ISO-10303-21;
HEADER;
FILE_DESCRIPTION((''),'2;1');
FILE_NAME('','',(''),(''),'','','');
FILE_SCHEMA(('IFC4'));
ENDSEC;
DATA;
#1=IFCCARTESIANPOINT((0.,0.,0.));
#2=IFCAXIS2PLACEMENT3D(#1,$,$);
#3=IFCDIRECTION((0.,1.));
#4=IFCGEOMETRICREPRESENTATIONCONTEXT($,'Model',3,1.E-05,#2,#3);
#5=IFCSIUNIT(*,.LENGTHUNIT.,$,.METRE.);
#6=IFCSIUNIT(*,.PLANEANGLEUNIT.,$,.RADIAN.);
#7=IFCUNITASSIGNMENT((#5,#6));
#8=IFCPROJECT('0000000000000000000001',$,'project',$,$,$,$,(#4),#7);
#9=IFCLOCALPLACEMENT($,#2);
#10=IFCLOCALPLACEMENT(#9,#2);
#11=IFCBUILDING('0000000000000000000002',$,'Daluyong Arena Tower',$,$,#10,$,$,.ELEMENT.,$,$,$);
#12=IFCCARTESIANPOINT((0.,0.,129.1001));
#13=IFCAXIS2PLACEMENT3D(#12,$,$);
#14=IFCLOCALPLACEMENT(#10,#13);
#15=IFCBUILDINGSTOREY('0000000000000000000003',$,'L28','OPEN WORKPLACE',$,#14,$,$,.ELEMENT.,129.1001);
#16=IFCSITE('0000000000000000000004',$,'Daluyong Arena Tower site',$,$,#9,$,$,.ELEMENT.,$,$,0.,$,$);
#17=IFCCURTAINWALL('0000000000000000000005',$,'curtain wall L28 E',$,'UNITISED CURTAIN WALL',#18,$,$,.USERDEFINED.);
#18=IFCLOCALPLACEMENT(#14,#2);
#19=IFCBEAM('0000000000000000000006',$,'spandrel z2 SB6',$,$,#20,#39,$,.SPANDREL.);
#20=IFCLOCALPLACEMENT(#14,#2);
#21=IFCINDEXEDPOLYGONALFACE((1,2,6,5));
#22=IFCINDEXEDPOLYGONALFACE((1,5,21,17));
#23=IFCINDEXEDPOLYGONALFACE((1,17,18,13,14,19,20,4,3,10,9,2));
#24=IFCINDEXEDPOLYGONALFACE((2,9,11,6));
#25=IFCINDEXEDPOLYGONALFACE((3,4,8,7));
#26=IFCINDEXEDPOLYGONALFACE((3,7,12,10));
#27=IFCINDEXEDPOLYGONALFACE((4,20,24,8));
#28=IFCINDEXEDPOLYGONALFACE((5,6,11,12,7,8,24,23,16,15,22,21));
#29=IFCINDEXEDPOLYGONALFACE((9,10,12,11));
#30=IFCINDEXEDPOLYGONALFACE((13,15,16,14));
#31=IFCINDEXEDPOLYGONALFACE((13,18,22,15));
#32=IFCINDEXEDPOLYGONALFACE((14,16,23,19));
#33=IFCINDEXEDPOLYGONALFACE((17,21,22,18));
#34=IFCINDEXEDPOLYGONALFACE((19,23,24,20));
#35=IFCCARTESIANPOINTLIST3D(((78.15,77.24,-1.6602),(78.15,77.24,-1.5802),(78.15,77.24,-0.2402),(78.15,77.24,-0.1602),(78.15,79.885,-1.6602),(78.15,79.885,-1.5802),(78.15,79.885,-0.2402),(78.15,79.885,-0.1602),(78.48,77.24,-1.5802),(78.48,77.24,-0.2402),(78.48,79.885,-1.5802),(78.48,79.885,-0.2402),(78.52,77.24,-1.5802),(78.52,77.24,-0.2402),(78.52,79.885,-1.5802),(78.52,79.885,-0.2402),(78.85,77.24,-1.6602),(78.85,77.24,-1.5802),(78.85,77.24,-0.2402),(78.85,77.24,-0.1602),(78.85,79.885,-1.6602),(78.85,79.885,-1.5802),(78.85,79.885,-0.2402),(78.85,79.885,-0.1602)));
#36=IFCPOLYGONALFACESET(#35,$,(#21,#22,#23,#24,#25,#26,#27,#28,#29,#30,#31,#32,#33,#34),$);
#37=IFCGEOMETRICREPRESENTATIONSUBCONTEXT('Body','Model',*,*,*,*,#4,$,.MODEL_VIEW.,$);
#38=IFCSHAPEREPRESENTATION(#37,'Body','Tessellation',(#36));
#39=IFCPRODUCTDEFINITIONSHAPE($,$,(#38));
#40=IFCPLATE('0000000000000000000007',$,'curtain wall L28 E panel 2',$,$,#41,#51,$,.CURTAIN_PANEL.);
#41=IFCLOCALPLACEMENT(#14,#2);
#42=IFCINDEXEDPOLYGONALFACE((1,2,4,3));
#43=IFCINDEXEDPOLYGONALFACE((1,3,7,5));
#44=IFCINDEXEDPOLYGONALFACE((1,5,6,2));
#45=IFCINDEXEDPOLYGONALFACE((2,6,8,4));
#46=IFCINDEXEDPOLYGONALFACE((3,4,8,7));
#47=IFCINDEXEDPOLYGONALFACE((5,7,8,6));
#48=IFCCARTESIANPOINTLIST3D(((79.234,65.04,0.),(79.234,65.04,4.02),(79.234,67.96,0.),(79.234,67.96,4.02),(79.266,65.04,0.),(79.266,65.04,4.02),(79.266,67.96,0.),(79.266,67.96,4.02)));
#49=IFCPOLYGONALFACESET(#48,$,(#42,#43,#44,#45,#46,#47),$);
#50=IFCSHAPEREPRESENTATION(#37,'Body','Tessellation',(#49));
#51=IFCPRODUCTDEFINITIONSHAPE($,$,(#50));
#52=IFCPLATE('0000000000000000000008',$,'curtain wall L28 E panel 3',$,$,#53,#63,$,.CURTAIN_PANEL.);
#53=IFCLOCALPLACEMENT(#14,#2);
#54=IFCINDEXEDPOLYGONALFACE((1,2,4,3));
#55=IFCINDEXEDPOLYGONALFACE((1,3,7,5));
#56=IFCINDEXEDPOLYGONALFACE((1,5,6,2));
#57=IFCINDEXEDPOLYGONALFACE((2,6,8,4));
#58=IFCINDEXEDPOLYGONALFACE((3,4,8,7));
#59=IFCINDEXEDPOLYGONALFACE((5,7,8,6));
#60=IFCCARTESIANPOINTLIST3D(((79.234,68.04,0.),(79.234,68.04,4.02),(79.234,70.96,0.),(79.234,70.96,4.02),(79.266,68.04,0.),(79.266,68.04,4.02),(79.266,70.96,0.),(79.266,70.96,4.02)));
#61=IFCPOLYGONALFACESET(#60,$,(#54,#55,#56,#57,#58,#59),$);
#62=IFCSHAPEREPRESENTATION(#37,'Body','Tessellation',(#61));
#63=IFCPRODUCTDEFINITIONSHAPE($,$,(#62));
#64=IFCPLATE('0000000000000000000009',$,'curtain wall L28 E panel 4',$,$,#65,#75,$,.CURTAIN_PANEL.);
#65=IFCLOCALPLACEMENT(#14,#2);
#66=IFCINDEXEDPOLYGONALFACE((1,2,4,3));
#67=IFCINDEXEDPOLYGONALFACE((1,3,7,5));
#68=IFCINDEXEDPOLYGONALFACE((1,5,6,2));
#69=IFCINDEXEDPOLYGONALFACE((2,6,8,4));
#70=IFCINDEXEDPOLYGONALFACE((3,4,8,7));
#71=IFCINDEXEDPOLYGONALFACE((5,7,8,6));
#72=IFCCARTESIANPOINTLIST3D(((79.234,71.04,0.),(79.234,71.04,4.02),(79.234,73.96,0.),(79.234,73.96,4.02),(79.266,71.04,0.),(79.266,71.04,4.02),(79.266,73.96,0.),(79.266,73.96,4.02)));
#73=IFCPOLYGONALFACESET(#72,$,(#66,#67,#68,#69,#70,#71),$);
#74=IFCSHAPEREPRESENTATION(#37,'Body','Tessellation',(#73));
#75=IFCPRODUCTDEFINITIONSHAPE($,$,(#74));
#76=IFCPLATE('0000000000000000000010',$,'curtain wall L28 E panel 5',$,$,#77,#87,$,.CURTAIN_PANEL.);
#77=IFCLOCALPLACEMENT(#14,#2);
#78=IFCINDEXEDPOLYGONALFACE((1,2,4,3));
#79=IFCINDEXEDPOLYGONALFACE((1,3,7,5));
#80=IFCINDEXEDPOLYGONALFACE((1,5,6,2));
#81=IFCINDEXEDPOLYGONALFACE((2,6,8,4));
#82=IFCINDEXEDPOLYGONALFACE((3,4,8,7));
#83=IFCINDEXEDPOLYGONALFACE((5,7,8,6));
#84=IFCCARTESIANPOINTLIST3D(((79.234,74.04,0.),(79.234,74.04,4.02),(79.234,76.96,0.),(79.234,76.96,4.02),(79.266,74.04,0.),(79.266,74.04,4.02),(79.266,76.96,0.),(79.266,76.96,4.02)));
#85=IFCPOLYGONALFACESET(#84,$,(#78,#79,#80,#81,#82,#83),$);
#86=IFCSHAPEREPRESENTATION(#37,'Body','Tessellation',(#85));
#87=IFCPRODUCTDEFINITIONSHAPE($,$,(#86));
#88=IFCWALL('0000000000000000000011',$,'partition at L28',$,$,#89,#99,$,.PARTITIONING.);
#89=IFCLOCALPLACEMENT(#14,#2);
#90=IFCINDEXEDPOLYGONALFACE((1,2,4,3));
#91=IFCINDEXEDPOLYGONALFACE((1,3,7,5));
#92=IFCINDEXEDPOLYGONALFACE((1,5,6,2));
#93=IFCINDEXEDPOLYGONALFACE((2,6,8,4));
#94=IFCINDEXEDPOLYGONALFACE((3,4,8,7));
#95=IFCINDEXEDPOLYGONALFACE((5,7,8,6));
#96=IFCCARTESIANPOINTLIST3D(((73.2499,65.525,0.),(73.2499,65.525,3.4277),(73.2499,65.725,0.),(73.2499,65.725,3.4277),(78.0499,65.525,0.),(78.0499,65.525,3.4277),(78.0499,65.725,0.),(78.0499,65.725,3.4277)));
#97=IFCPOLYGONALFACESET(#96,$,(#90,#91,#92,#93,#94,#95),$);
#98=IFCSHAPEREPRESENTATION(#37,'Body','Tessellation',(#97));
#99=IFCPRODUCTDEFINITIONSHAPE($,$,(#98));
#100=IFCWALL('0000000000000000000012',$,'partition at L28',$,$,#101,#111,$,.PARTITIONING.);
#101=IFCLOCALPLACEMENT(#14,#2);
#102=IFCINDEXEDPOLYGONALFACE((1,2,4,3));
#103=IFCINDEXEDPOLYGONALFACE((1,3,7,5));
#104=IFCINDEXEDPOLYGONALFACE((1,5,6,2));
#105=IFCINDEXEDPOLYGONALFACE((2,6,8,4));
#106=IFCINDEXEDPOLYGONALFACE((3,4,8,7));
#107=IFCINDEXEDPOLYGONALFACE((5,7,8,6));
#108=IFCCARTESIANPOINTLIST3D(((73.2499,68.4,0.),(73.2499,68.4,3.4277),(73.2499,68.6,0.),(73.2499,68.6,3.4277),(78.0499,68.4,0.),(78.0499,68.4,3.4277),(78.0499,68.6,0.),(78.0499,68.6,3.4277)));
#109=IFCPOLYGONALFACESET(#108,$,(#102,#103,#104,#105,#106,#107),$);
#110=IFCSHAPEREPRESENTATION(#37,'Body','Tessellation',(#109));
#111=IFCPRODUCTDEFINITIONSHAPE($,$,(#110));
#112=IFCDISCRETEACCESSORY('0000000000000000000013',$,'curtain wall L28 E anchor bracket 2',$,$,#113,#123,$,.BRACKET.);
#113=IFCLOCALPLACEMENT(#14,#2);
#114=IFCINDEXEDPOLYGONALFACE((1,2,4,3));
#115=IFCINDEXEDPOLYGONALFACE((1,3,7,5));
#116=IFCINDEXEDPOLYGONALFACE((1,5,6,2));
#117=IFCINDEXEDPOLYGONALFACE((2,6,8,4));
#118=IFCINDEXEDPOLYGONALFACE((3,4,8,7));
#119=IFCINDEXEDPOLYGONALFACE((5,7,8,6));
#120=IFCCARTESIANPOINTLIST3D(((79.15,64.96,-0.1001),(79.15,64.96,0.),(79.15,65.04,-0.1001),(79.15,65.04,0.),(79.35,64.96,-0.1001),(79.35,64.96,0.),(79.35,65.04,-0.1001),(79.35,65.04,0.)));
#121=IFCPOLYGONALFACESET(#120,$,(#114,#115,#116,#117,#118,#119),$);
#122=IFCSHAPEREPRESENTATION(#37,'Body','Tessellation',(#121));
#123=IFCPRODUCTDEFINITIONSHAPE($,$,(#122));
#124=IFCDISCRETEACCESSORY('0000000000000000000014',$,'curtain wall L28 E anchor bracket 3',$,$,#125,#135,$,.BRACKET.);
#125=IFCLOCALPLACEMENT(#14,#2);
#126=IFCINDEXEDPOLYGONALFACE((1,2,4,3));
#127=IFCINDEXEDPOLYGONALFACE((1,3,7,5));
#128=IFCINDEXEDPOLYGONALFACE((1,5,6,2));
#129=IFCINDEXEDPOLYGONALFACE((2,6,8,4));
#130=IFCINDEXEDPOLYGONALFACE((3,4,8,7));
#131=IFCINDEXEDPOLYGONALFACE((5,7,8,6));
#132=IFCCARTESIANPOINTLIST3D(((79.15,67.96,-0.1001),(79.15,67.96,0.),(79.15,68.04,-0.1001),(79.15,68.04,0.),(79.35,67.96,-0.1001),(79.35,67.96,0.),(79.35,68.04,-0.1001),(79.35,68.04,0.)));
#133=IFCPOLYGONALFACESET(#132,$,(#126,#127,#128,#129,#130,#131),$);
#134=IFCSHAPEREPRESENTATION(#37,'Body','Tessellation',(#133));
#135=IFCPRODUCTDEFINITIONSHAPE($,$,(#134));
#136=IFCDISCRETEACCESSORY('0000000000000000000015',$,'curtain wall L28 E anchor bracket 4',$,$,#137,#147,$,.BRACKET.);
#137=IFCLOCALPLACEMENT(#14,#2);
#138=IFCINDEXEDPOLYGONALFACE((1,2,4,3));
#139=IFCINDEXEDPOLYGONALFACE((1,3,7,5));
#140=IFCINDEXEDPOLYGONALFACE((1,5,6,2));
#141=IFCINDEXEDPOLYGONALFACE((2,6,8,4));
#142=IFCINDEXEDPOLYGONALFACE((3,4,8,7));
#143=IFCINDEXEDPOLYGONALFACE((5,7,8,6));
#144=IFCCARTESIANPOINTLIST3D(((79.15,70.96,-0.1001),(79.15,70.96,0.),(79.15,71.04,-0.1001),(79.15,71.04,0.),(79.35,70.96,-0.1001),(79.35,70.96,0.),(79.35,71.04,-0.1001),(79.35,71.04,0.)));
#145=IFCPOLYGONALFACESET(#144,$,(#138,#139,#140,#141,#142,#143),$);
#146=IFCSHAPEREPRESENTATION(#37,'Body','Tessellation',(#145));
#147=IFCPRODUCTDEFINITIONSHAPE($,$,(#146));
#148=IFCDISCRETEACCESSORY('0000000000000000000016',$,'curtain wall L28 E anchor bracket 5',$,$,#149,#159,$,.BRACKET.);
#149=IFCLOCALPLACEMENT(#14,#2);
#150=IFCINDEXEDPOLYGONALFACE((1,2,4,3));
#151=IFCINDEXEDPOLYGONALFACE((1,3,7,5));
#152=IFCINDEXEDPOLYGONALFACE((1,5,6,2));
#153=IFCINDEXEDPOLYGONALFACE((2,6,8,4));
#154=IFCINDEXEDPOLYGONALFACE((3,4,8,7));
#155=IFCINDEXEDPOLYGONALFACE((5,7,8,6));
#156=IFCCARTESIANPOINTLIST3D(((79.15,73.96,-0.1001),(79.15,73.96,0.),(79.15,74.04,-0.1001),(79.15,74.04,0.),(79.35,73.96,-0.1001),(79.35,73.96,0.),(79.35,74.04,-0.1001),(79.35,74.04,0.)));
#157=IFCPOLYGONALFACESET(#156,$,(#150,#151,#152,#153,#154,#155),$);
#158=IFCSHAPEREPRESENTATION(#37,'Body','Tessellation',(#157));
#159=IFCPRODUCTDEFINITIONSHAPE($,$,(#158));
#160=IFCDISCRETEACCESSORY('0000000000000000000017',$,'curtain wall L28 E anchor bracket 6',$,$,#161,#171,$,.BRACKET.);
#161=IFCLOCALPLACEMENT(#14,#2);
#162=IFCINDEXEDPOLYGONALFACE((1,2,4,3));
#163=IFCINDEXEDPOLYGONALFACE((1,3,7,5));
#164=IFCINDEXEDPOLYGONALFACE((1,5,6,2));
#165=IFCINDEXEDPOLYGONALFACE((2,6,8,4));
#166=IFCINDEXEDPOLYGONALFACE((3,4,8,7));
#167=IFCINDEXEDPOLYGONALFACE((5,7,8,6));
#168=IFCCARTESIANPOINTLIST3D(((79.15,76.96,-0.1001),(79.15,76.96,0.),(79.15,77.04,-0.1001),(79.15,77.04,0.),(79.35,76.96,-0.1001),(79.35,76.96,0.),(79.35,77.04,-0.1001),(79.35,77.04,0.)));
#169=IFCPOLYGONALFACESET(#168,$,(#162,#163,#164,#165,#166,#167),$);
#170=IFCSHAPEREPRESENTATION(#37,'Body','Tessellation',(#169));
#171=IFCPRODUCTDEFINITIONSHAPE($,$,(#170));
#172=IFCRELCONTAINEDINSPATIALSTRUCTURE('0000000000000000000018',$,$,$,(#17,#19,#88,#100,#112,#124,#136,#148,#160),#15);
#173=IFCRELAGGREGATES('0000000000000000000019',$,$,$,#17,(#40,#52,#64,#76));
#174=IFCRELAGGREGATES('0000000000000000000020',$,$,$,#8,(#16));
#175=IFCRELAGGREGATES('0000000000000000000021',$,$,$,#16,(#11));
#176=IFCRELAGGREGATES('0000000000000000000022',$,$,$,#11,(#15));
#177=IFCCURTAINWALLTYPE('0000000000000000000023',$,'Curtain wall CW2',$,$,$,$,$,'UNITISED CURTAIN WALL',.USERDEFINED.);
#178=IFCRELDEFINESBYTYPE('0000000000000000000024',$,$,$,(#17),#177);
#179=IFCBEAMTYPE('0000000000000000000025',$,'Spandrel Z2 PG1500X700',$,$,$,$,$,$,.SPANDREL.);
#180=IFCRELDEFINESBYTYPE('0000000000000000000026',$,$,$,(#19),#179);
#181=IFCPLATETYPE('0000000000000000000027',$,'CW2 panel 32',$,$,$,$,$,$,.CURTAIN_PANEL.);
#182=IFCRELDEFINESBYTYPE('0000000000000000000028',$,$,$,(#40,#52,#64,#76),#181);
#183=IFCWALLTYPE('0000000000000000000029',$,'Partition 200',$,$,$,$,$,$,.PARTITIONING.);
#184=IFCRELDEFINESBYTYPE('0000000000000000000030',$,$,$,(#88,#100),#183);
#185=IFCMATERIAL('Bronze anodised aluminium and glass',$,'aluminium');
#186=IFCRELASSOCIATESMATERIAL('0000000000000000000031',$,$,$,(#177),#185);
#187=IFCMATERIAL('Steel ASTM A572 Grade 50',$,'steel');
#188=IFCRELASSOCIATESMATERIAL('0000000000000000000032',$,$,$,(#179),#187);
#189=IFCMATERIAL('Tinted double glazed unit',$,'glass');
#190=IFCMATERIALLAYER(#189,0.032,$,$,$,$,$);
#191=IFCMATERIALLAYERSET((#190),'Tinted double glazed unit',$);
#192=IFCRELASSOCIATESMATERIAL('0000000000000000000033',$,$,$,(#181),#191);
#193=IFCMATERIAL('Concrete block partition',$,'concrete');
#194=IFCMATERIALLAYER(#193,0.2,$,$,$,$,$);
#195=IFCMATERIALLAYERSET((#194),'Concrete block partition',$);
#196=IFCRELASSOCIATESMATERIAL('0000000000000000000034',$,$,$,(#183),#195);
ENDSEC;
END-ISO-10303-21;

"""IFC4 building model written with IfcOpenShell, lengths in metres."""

from ifc_helpers import new_model, si_unit, direction, frame, frame_2d, origin, origin_2d, place, context, subcontext, project, spatial, rectangle, i_section, extrude, material, layer, layer_set, material_profile, profile_set, type_object, element, aggregate, save


model = new_model("IFC4")

# Units and contexts
model_context = context("Model", 3, precision=1e-05, world=origin(), true_north=direction((0.0, 1.0)))
body_context = subcontext(model_context, "Body", "Model", "MODEL_VIEW")
ifc_project = project(units=[si_unit("LENGTHUNIT", "METRE"), si_unit("PLANEANGLEUNIT", "RADIAN")], contexts=[model_context])

# Site, building, storey
site_placement = place(None, origin())
site = spatial("IfcSite", under=ifc_project, at=site_placement, Name="Daluyong Arena Tower site", CompositionType="ELEMENT", RefElevation=0.0)
building_placement = place(site_placement, origin())
building = spatial("IfcBuilding", under=site, at=building_placement, Name="Daluyong Arena Tower", CompositionType="ELEMENT")
storey_placement = place(building_placement, frame((0.0, 0.0, 129.1001)))
storey = spatial("IfcBuildingStorey", under=building, at=storey_placement, Name="L28", Description="OPEN WORKPLACE", CompositionType="ELEMENT", Elevation=129.1001)

# Curtain wall
ifc_material_1 = material(Name="Bronze anodised aluminium and glass", Category="aluminium")
curtain_wall_type = type_object("IfcCurtainWallType", Name="Curtain wall CW2", ElementType="UNITISED CURTAIN WALL", PredefinedType="USERDEFINED", material=ifc_material_1)
curtain_wall_placement = place(storey_placement, origin())
curtain_wall = element("IfcCurtainWall", 1, at=curtain_wall_placement, inside=storey, type_object=curtain_wall_type, Name="curtain wall L28 E", ObjectType="UNITISED CURTAIN WALL", PredefinedType="USERDEFINED")

# Beam
ifc_material_2 = material(Name="Steel ASTM A572 Grade 50", Category="steel")
ifc_material_profile_1 = material_profile(ifc_material_2, i_section(OverallWidth=0.7, OverallDepth=1.5, WebThickness=0.04, FlangeThickness=0.08, at=origin_2d()))
ifc_profile_set_1 = profile_set([ifc_material_profile_1], Name="Steel ASTM A572 Grade 50")
beam_type_1 = type_object("IfcBeamType", Name="Spandrel Z2 PG1500X700", PredefinedType="SPANDREL", material=ifc_profile_set_1)
for number, where, z_axis, x_axis, name in (
    (2, (78.5, 77.24, -0.9102), (0.0, 1.0, 0.0), (-1.0, 0.0, 0.0), "spandrel z2 SB6"),
):
    element("IfcBeam", number, at=place(storey_placement, frame(where, z_axis=z_axis, x_axis=x_axis)), inside=storey, type_object=beam_type_1, Name=name, PredefinedType="SPANDREL", context=body_context, shape_type="SweptSolid", body=[
        extrude(i_section(OverallWidth=0.7, OverallDepth=1.5, WebThickness=0.04, FlangeThickness=0.08, at=origin_2d()), origin(), (0.0, 0.0, 1.0), 2.645),
    ])

# Plates
ifc_material_3 = material(Name="Tinted double glazed unit", Category="glass")
ifc_layer_1 = layer(ifc_material_3, 0.032)
ifc_layer_set_1 = layer_set([ifc_layer_1], Name="Tinted double glazed unit")
plate_type = type_object("IfcPlateType", Name="CW2 panel 32", PredefinedType="CURTAIN_PANEL", material=ifc_layer_set_1)
plate_1_placement = place(storey_placement, frame((79.25, 66.5, 0.0), z_axis=(0.0, 0.0, 1.0), x_axis=(0.0, 1.0, 0.0)))
plate_1 = element("IfcPlate", 3, at=plate_1_placement, type_object=plate_type, Name="curtain wall L28 E panel 2", PredefinedType="CURTAIN_PANEL", context=body_context, shape_type="SweptSolid", body=[
    extrude(rectangle(XDim=2.9199, YDim=0.032, at=origin_2d()), origin(), (0.0, 0.0, 1.0), 4.02),
])
plate_2_placement = place(storey_placement, frame((79.25, 69.5, 0.0), z_axis=(0.0, 0.0, 1.0), x_axis=(0.0, 1.0, 0.0)))
plate_2 = element("IfcPlate", 4, at=plate_2_placement, type_object=plate_type, Name="curtain wall L28 E panel 3", PredefinedType="CURTAIN_PANEL", context=body_context, shape_type="SweptSolid", body=[
    extrude(rectangle(XDim=2.9199, YDim=0.032, at=origin_2d()), origin(), (0.0, 0.0, 1.0), 4.02),
])
plate_3_placement = place(storey_placement, frame((79.25, 72.5, 0.0), z_axis=(0.0, 0.0, 1.0), x_axis=(0.0, 1.0, 0.0)))
plate_3 = element("IfcPlate", 5, at=plate_3_placement, type_object=plate_type, Name="curtain wall L28 E panel 4", PredefinedType="CURTAIN_PANEL", context=body_context, shape_type="SweptSolid", body=[
    extrude(rectangle(XDim=2.9199, YDim=0.032, at=origin_2d()), origin(), (0.0, 0.0, 1.0), 4.02),
])
plate_4_placement = place(storey_placement, frame((79.25, 75.5, 0.0), z_axis=(0.0, 0.0, 1.0), x_axis=(0.0, 1.0, 0.0)))
plate_4 = element("IfcPlate", 6, at=plate_4_placement, type_object=plate_type, Name="curtain wall L28 E panel 5", PredefinedType="CURTAIN_PANEL", context=body_context, shape_type="SweptSolid", body=[
    extrude(rectangle(XDim=2.9199, YDim=0.032, at=origin_2d()), origin(), (0.0, 0.0, 1.0), 4.02),
])
aggregate(curtain_wall, [plate_1, plate_2, plate_3, plate_4])

# Walls
ifc_material_4 = material(Name="Concrete block partition", Category="concrete")
ifc_layer_2 = layer(ifc_material_4, 0.2)
ifc_layer_set_2 = layer_set([ifc_layer_2], Name="Concrete block partition")
wall_type = type_object("IfcWallType", Name="Partition 200", PredefinedType="PARTITIONING", material=ifc_layer_set_2)
for number, where, z_axis, x_axis, name in (
    (7, (73.25, 65.625, 0.0), (0.0, 0.0, 1.0), (1.0, 0.0, 0.0), "partition at L28"),
    (8, (73.25, 68.5, 0.0), (0.0, 0.0, 1.0), (1.0, 0.0, 0.0), "partition at L28"),
):
    element("IfcWall", number, at=place(storey_placement, frame(where, z_axis=z_axis, x_axis=x_axis)), inside=storey, type_object=wall_type, Name=name, PredefinedType="PARTITIONING", context=body_context, shape_type="SweptSolid", body=[
        extrude(rectangle(XDim=4.8, YDim=0.2, at=frame_2d((2.3999, 0.0))), origin(), (0.0, 0.0, 1.0), 3.4277),
    ])

# Discrete accessories
for number, where, z_axis, x_axis, name in (
    (9, (79.25, 65.0, -0.1001), (0.0, 0.0, 1.0), (0.0, 1.0, 0.0), "curtain wall L28 E anchor bracket 2"),
    (10, (79.25, 68.0, -0.1001), (0.0, 0.0, 1.0), (0.0, 1.0, 0.0), "curtain wall L28 E anchor bracket 3"),
    (11, (79.25, 71.0, -0.1001), (0.0, 0.0, 1.0), (0.0, 1.0, 0.0), "curtain wall L28 E anchor bracket 4"),
    (12, (79.25, 74.0, -0.1001), (0.0, 0.0, 1.0), (0.0, 1.0, 0.0), "curtain wall L28 E anchor bracket 5"),
    (13, (79.25, 77.0, -0.1001), (0.0, 0.0, 1.0), (0.0, 1.0, 0.0), "curtain wall L28 E anchor bracket 6"),
):
    element("IfcDiscreteAccessory", number, at=place(storey_placement, frame(where, z_axis=z_axis, x_axis=x_axis)), inside=storey, Name=name, PredefinedType="BRACKET", context=body_context, shape_type="SweptSolid", body=[
        extrude(rectangle(XDim=0.0801, YDim=0.2, at=origin_2d()), origin(), (0.0, 0.0, 1.0), 0.1001),
    ])

save(model, "model.ifc")
